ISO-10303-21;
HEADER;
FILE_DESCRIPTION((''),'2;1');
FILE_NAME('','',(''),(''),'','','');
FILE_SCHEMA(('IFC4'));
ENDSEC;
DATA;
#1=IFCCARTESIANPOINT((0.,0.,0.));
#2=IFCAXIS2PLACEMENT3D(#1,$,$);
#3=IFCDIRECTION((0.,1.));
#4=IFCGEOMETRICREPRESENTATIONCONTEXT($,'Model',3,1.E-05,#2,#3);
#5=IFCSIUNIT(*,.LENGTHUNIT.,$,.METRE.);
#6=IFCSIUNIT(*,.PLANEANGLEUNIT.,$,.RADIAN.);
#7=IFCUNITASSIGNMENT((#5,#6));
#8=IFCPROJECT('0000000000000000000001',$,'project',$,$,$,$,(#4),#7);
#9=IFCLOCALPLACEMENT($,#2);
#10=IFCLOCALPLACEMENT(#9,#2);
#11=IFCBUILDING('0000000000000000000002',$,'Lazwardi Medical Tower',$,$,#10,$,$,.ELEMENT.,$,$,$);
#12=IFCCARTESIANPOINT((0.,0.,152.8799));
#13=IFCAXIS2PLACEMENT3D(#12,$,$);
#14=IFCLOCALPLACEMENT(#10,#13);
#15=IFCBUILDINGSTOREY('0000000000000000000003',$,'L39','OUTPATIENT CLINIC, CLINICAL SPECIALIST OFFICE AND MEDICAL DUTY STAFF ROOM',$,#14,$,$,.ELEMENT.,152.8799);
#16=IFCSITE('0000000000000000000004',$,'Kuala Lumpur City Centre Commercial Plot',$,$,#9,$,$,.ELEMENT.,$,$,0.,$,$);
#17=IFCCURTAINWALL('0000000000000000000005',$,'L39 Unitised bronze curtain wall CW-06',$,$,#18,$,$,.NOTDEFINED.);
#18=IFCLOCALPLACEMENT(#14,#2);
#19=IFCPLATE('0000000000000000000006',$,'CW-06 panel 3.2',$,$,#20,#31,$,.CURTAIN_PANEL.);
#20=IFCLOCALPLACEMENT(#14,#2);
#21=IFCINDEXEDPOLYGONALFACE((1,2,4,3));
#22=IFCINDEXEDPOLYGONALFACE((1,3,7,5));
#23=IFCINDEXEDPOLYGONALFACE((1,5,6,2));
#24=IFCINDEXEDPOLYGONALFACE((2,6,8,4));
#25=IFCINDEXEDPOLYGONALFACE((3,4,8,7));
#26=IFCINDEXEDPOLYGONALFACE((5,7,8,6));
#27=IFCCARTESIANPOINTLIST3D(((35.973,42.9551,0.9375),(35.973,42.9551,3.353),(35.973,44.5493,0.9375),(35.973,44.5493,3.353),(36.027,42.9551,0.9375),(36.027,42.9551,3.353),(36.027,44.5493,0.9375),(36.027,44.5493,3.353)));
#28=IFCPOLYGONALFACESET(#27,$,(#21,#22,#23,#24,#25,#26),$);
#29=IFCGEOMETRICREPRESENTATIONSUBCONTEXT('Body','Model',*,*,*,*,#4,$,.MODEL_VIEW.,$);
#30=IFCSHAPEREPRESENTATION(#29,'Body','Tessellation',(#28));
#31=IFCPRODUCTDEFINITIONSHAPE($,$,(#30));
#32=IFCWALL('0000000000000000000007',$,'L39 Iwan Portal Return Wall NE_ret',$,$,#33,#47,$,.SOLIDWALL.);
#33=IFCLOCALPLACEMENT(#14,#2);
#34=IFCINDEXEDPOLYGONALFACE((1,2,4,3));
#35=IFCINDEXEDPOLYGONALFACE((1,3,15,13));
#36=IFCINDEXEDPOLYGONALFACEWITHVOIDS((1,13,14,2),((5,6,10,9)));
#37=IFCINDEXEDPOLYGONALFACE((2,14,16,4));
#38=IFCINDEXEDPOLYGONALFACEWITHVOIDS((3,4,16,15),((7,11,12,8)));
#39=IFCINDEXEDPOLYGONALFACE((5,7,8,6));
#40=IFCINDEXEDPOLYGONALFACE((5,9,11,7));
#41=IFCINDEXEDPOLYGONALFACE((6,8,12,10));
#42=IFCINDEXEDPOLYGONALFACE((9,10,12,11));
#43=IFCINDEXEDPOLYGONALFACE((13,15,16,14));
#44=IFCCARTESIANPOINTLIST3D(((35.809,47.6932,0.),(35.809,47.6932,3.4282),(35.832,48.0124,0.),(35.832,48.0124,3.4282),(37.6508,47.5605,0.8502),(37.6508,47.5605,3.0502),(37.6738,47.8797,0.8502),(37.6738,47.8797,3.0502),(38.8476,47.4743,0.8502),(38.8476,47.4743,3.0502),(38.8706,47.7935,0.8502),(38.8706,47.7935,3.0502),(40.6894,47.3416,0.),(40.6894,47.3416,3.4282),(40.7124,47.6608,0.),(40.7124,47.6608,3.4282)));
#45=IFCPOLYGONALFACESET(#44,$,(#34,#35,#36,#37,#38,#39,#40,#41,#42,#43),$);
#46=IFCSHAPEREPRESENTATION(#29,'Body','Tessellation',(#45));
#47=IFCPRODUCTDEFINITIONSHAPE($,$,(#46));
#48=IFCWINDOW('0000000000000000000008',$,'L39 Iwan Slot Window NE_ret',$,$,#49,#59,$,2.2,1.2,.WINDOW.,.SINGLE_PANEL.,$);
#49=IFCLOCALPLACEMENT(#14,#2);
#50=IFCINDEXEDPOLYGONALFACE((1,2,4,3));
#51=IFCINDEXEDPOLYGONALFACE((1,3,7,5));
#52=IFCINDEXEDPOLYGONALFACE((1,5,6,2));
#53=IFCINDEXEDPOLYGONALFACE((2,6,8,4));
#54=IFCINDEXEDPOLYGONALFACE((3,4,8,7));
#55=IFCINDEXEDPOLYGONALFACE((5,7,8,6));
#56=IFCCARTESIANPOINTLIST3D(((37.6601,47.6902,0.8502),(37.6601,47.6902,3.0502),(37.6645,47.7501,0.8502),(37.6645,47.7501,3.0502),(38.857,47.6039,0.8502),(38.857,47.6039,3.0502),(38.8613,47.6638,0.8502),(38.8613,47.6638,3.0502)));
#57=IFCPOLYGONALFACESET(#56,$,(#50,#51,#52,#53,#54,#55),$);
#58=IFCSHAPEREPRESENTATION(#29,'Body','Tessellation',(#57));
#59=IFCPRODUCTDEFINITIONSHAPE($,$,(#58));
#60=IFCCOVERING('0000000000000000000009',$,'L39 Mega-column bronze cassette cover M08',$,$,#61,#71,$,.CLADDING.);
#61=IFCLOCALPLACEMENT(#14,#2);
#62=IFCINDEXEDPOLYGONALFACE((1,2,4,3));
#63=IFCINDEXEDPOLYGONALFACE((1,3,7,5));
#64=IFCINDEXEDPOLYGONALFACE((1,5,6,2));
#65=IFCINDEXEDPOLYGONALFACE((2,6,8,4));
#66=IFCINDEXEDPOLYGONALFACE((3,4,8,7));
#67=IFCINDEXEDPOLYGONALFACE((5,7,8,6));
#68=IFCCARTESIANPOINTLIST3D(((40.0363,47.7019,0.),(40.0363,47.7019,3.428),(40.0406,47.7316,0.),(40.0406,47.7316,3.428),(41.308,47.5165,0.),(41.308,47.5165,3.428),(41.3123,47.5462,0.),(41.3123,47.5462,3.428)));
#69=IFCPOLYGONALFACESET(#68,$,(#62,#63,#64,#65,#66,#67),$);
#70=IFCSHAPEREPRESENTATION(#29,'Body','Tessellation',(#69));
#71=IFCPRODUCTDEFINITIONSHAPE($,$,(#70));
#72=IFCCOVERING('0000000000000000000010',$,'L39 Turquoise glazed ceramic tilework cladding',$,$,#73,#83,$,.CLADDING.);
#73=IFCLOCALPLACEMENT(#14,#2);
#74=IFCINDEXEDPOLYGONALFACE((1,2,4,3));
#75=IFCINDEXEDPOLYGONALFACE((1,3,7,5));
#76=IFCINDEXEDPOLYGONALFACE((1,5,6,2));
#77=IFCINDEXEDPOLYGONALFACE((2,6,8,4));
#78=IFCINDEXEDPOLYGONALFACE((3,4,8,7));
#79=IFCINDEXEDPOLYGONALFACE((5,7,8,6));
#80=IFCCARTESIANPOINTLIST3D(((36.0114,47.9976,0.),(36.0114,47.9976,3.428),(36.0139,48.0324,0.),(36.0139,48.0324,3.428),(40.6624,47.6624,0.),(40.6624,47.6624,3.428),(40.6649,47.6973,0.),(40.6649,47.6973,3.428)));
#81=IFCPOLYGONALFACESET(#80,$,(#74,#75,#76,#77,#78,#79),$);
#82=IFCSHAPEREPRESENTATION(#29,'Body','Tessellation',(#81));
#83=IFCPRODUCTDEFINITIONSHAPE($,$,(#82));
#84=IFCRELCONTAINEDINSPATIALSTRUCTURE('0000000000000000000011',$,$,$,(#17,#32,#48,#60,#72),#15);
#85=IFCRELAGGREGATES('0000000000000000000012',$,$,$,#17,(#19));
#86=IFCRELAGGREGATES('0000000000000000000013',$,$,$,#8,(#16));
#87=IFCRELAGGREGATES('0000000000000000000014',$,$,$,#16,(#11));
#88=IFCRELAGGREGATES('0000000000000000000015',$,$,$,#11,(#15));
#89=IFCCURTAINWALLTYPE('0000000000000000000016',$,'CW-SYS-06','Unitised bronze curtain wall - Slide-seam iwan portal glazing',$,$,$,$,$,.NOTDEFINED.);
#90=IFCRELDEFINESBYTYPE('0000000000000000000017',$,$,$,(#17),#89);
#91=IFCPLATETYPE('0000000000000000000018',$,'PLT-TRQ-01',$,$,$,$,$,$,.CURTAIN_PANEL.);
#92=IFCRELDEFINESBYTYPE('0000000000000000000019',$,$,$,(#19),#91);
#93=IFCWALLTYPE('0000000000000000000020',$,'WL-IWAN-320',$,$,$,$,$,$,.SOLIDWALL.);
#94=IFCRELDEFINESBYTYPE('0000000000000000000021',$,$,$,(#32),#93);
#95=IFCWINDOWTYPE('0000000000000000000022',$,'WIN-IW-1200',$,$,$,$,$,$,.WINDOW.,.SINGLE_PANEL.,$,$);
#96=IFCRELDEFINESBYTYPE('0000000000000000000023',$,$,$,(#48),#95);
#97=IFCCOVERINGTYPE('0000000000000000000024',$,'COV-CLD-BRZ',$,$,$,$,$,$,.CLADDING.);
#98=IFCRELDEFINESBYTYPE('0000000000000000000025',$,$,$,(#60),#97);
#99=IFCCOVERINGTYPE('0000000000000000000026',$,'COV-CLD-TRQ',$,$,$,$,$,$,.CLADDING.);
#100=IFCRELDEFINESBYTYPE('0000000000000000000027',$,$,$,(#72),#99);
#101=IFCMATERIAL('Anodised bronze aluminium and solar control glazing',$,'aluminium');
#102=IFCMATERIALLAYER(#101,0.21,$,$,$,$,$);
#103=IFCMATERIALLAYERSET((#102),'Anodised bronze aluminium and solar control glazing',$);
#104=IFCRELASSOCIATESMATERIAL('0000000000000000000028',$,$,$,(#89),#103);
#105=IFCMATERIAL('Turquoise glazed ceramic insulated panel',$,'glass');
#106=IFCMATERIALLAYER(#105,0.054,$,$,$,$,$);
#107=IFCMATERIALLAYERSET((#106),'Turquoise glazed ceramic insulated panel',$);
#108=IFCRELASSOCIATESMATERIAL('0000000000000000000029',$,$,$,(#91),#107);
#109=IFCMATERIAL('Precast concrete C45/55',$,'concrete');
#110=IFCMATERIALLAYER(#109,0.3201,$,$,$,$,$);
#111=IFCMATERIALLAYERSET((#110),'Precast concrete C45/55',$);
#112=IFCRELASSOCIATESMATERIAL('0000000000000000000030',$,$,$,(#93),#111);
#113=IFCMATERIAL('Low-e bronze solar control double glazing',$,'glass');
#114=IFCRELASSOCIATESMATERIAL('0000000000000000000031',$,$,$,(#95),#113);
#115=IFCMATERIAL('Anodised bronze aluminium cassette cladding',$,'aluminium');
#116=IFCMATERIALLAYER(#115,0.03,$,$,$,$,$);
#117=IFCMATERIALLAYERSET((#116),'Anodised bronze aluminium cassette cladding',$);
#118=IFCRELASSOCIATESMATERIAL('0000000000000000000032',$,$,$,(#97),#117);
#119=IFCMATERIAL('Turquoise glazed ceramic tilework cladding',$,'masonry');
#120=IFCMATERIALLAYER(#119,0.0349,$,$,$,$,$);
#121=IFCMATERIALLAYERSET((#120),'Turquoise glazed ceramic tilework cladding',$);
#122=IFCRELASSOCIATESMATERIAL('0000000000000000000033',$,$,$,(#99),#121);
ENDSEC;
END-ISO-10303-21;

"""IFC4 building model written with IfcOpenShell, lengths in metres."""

from ifc_helpers import new_model, si_unit, direction, frame, frame_2d, origin, origin_2d, place, context, subcontext, project, spatial, rectangle, extrude, material, layer, layer_set, type_object, element, fill, aggregate, save


model = new_model("IFC4")

# Units and contexts
model_context = context("Model", 3, precision=1e-05, world=origin(), true_north=direction((0.0, 1.0)))
body_context = subcontext(model_context, "Body", "Model", "MODEL_VIEW")
ifc_project = project(units=[si_unit("LENGTHUNIT", "METRE"), si_unit("PLANEANGLEUNIT", "RADIAN")], contexts=[model_context])

# Site, building, storey
site_placement = place(None, origin())
site = spatial("IfcSite", under=ifc_project, at=site_placement, Name="Kuala Lumpur City Centre Commercial Plot", CompositionType="ELEMENT", RefElevation=0.0)
building_placement = place(site_placement, origin())
building = spatial("IfcBuilding", under=site, at=building_placement, Name="Lazwardi Medical Tower", CompositionType="ELEMENT")
storey_placement = place(building_placement, frame((0.0, 0.0, 152.8799)))
storey = spatial("IfcBuildingStorey", under=building, at=storey_placement, Name="L39", Description="OUTPATIENT CLINIC, CLINICAL SPECIALIST OFFICE AND MEDICAL DUTY STAFF ROOM", CompositionType="ELEMENT", Elevation=152.8799)

# Curtain wall
ifc_material_1 = material(Name="Anodised bronze aluminium and solar control glazing", Category="aluminium")
ifc_layer_1 = layer(ifc_material_1, 0.21)
ifc_layer_set_1 = layer_set([ifc_layer_1], Name="Anodised bronze aluminium and solar control glazing")
curtain_wall_type_1 = type_object("IfcCurtainWallType", Name="CW-SYS-06", Description="Unitised bronze curtain wall - Slide-seam iwan portal glazing", PredefinedType="NOTDEFINED", material=ifc_layer_set_1)
curtain_wall_1_placement = place(storey_placement, origin())
curtain_wall_1 = element("IfcCurtainWall", 1, at=curtain_wall_1_placement, inside=storey, type_object=curtain_wall_type_1, Name="L39 Unitised bronze curtain wall CW-06", PredefinedType="NOTDEFINED")

# Plate
ifc_material_2 = material(Name="Low-e bronze solar control double glazing", Category="glass")
ifc_material_3 = material(Name="Turquoise glazed ceramic insulated panel", Category="glass")
ifc_layer_2 = layer(ifc_material_3, 0.054)
ifc_layer_set_2 = layer_set([ifc_layer_2], Name="Turquoise glazed ceramic insulated panel")
plate_type_1 = type_object("IfcPlateType", Name="PLT-TRQ-01", PredefinedType="CURTAIN_PANEL", material=ifc_layer_set_2)
plate_1_placement = place(storey_placement, frame((36.0, 43.7522, 0.9375), z_axis=(0.0, 0.0, 1.0), x_axis=(0.0, -1.0, 0.0)))
plate_1 = element("IfcPlate", 2, at=plate_1_placement, type_object=plate_type_1, Name="CW-06 panel 3.2", PredefinedType="CURTAIN_PANEL", context=body_context, shape_type="SweptSolid", body=[
    extrude(rectangle(XDim=1.5942, YDim=0.054, at=origin_2d()), origin(), (0.0, 0.0, 1.0), 2.4155),
])
aggregate(curtain_wall_1, [plate_1])

# Wall, opening, window
ifc_material_4 = material(Name="Precast concrete C45/55", Category="concrete")
ifc_layer_3 = layer(ifc_material_4, 0.3201)
ifc_layer_set_3 = layer_set([ifc_layer_3], Name="Precast concrete C45/55")
wall_type = type_object("IfcWallType", Name="WL-IWAN-320", PredefinedType="SOLIDWALL", material=ifc_layer_set_3)
wall_placement = place(storey_placement, frame((40.7009, 47.5012, 0.0), z_axis=(0.0, 0.0, 1.0), x_axis=(-0.997415, 0.07185, 0.0)))
wall = element("IfcWall", 3, at=wall_placement, inside=storey, type_object=wall_type, Name="L39 Iwan Portal Return Wall NE_ret", PredefinedType="SOLIDWALL", context=body_context, shape_type="SweptSolid", body=[
    extrude(rectangle(XDim=4.8931, YDim=0.3201, at=frame_2d((2.4465, 0.0))), origin(), (0.0, 0.0, 1.0), 3.4282),
])
opening_placement = place(wall_placement, frame((1.8464, 0.0, 0.8501)))
opening = element("IfcOpeningElement", 4, at=opening_placement, cuts=wall, PredefinedType="OPENING", context=body_context, shape_type="SweptSolid", body=[
    extrude(rectangle(XDim=1.2, YDim=2.2, at=frame_2d((0.6001, 1.1001))), frame((0.0, 0.1699, 0.0), z_axis=(0.0, -1.0, 0.0), x_axis=(1.0, 0.0, 0.0)), (0.0, 0.0, 1.0), 0.3401),
])
window_type = type_object("IfcWindowType", Name="WIN-IW-1200", PartitioningType="SINGLE_PANEL", PredefinedType="WINDOW", material=ifc_material_2)
window_placement = place(opening_placement, origin())
window = element("IfcWindow", 5, at=window_placement, inside=storey, type_object=window_type, Name="L39 Iwan Slot Window NE_ret", OverallHeight=2.2, OverallWidth=1.2, PartitioningType="SINGLE_PANEL", PredefinedType="WINDOW", context=body_context, shape_type="SweptSolid", body=[
    extrude(rectangle(XDim=1.2, YDim=2.2, at=frame_2d((0.6001, 1.1001))), frame((0.0, 0.03, 0.0), z_axis=(0.0, -1.0, 0.0), x_axis=(1.0, 0.0, 0.0)), (0.0, 0.0, 1.0), 0.0601),
])
fill(opening, window)

# Coverings
ifc_material_5 = material(Name="Anodised bronze aluminium cassette cladding", Category="aluminium")
ifc_layer_4 = layer(ifc_material_5, 0.03)
ifc_layer_set_4 = layer_set([ifc_layer_4], Name="Anodised bronze aluminium cassette cladding")
covering_type_1 = type_object("IfcCoveringType", Name="COV-CLD-BRZ", PredefinedType="CLADDING", material=ifc_layer_set_4)
covering_1_placement = place(storey_placement, frame((40.6743, 47.624, 0.0), z_axis=(0.0, 0.0, 1.0), x_axis=(-0.989539, 0.144265, 0.0)))
element("IfcCovering", 6, at=covering_1_placement, inside=storey, type_object=covering_type_1, Name="L39 Mega-column bronze cassette cover M08", PredefinedType="CLADDING", context=body_context, shape_type="SweptSolid", body=[
    extrude(rectangle(XDim=1.2852, YDim=0.03, at=origin_2d()), origin(), (0.0, 0.0, 1.0), 3.428),
])
ifc_material_6 = material(Name="Turquoise glazed ceramic tilework cladding", Category="masonry")
ifc_layer_5 = layer(ifc_material_6, 0.0349)
ifc_layer_set_5 = layer_set([ifc_layer_5], Name="Turquoise glazed ceramic tilework cladding")
covering_type_2 = type_object("IfcCoveringType", Name="COV-CLD-TRQ", PredefinedType="CLADDING", material=ifc_layer_set_5)
covering_2_placement = place(storey_placement, frame((38.3381, 47.8474, 0.0), z_axis=(0.0, 0.0, 1.0), x_axis=(-0.997415, 0.071863, 0.0)))
element("IfcCovering", 7, at=covering_2_placement, inside=storey, type_object=covering_type_2, Name="L39 Turquoise glazed ceramic tilework cladding", PredefinedType="CLADDING", context=body_context, shape_type="SweptSolid", body=[
    extrude(rectangle(XDim=4.6631, YDim=0.0349, at=origin_2d()), origin(), (0.0, 0.0, 1.0), 3.428),
])

save(model, "model.ifc")
